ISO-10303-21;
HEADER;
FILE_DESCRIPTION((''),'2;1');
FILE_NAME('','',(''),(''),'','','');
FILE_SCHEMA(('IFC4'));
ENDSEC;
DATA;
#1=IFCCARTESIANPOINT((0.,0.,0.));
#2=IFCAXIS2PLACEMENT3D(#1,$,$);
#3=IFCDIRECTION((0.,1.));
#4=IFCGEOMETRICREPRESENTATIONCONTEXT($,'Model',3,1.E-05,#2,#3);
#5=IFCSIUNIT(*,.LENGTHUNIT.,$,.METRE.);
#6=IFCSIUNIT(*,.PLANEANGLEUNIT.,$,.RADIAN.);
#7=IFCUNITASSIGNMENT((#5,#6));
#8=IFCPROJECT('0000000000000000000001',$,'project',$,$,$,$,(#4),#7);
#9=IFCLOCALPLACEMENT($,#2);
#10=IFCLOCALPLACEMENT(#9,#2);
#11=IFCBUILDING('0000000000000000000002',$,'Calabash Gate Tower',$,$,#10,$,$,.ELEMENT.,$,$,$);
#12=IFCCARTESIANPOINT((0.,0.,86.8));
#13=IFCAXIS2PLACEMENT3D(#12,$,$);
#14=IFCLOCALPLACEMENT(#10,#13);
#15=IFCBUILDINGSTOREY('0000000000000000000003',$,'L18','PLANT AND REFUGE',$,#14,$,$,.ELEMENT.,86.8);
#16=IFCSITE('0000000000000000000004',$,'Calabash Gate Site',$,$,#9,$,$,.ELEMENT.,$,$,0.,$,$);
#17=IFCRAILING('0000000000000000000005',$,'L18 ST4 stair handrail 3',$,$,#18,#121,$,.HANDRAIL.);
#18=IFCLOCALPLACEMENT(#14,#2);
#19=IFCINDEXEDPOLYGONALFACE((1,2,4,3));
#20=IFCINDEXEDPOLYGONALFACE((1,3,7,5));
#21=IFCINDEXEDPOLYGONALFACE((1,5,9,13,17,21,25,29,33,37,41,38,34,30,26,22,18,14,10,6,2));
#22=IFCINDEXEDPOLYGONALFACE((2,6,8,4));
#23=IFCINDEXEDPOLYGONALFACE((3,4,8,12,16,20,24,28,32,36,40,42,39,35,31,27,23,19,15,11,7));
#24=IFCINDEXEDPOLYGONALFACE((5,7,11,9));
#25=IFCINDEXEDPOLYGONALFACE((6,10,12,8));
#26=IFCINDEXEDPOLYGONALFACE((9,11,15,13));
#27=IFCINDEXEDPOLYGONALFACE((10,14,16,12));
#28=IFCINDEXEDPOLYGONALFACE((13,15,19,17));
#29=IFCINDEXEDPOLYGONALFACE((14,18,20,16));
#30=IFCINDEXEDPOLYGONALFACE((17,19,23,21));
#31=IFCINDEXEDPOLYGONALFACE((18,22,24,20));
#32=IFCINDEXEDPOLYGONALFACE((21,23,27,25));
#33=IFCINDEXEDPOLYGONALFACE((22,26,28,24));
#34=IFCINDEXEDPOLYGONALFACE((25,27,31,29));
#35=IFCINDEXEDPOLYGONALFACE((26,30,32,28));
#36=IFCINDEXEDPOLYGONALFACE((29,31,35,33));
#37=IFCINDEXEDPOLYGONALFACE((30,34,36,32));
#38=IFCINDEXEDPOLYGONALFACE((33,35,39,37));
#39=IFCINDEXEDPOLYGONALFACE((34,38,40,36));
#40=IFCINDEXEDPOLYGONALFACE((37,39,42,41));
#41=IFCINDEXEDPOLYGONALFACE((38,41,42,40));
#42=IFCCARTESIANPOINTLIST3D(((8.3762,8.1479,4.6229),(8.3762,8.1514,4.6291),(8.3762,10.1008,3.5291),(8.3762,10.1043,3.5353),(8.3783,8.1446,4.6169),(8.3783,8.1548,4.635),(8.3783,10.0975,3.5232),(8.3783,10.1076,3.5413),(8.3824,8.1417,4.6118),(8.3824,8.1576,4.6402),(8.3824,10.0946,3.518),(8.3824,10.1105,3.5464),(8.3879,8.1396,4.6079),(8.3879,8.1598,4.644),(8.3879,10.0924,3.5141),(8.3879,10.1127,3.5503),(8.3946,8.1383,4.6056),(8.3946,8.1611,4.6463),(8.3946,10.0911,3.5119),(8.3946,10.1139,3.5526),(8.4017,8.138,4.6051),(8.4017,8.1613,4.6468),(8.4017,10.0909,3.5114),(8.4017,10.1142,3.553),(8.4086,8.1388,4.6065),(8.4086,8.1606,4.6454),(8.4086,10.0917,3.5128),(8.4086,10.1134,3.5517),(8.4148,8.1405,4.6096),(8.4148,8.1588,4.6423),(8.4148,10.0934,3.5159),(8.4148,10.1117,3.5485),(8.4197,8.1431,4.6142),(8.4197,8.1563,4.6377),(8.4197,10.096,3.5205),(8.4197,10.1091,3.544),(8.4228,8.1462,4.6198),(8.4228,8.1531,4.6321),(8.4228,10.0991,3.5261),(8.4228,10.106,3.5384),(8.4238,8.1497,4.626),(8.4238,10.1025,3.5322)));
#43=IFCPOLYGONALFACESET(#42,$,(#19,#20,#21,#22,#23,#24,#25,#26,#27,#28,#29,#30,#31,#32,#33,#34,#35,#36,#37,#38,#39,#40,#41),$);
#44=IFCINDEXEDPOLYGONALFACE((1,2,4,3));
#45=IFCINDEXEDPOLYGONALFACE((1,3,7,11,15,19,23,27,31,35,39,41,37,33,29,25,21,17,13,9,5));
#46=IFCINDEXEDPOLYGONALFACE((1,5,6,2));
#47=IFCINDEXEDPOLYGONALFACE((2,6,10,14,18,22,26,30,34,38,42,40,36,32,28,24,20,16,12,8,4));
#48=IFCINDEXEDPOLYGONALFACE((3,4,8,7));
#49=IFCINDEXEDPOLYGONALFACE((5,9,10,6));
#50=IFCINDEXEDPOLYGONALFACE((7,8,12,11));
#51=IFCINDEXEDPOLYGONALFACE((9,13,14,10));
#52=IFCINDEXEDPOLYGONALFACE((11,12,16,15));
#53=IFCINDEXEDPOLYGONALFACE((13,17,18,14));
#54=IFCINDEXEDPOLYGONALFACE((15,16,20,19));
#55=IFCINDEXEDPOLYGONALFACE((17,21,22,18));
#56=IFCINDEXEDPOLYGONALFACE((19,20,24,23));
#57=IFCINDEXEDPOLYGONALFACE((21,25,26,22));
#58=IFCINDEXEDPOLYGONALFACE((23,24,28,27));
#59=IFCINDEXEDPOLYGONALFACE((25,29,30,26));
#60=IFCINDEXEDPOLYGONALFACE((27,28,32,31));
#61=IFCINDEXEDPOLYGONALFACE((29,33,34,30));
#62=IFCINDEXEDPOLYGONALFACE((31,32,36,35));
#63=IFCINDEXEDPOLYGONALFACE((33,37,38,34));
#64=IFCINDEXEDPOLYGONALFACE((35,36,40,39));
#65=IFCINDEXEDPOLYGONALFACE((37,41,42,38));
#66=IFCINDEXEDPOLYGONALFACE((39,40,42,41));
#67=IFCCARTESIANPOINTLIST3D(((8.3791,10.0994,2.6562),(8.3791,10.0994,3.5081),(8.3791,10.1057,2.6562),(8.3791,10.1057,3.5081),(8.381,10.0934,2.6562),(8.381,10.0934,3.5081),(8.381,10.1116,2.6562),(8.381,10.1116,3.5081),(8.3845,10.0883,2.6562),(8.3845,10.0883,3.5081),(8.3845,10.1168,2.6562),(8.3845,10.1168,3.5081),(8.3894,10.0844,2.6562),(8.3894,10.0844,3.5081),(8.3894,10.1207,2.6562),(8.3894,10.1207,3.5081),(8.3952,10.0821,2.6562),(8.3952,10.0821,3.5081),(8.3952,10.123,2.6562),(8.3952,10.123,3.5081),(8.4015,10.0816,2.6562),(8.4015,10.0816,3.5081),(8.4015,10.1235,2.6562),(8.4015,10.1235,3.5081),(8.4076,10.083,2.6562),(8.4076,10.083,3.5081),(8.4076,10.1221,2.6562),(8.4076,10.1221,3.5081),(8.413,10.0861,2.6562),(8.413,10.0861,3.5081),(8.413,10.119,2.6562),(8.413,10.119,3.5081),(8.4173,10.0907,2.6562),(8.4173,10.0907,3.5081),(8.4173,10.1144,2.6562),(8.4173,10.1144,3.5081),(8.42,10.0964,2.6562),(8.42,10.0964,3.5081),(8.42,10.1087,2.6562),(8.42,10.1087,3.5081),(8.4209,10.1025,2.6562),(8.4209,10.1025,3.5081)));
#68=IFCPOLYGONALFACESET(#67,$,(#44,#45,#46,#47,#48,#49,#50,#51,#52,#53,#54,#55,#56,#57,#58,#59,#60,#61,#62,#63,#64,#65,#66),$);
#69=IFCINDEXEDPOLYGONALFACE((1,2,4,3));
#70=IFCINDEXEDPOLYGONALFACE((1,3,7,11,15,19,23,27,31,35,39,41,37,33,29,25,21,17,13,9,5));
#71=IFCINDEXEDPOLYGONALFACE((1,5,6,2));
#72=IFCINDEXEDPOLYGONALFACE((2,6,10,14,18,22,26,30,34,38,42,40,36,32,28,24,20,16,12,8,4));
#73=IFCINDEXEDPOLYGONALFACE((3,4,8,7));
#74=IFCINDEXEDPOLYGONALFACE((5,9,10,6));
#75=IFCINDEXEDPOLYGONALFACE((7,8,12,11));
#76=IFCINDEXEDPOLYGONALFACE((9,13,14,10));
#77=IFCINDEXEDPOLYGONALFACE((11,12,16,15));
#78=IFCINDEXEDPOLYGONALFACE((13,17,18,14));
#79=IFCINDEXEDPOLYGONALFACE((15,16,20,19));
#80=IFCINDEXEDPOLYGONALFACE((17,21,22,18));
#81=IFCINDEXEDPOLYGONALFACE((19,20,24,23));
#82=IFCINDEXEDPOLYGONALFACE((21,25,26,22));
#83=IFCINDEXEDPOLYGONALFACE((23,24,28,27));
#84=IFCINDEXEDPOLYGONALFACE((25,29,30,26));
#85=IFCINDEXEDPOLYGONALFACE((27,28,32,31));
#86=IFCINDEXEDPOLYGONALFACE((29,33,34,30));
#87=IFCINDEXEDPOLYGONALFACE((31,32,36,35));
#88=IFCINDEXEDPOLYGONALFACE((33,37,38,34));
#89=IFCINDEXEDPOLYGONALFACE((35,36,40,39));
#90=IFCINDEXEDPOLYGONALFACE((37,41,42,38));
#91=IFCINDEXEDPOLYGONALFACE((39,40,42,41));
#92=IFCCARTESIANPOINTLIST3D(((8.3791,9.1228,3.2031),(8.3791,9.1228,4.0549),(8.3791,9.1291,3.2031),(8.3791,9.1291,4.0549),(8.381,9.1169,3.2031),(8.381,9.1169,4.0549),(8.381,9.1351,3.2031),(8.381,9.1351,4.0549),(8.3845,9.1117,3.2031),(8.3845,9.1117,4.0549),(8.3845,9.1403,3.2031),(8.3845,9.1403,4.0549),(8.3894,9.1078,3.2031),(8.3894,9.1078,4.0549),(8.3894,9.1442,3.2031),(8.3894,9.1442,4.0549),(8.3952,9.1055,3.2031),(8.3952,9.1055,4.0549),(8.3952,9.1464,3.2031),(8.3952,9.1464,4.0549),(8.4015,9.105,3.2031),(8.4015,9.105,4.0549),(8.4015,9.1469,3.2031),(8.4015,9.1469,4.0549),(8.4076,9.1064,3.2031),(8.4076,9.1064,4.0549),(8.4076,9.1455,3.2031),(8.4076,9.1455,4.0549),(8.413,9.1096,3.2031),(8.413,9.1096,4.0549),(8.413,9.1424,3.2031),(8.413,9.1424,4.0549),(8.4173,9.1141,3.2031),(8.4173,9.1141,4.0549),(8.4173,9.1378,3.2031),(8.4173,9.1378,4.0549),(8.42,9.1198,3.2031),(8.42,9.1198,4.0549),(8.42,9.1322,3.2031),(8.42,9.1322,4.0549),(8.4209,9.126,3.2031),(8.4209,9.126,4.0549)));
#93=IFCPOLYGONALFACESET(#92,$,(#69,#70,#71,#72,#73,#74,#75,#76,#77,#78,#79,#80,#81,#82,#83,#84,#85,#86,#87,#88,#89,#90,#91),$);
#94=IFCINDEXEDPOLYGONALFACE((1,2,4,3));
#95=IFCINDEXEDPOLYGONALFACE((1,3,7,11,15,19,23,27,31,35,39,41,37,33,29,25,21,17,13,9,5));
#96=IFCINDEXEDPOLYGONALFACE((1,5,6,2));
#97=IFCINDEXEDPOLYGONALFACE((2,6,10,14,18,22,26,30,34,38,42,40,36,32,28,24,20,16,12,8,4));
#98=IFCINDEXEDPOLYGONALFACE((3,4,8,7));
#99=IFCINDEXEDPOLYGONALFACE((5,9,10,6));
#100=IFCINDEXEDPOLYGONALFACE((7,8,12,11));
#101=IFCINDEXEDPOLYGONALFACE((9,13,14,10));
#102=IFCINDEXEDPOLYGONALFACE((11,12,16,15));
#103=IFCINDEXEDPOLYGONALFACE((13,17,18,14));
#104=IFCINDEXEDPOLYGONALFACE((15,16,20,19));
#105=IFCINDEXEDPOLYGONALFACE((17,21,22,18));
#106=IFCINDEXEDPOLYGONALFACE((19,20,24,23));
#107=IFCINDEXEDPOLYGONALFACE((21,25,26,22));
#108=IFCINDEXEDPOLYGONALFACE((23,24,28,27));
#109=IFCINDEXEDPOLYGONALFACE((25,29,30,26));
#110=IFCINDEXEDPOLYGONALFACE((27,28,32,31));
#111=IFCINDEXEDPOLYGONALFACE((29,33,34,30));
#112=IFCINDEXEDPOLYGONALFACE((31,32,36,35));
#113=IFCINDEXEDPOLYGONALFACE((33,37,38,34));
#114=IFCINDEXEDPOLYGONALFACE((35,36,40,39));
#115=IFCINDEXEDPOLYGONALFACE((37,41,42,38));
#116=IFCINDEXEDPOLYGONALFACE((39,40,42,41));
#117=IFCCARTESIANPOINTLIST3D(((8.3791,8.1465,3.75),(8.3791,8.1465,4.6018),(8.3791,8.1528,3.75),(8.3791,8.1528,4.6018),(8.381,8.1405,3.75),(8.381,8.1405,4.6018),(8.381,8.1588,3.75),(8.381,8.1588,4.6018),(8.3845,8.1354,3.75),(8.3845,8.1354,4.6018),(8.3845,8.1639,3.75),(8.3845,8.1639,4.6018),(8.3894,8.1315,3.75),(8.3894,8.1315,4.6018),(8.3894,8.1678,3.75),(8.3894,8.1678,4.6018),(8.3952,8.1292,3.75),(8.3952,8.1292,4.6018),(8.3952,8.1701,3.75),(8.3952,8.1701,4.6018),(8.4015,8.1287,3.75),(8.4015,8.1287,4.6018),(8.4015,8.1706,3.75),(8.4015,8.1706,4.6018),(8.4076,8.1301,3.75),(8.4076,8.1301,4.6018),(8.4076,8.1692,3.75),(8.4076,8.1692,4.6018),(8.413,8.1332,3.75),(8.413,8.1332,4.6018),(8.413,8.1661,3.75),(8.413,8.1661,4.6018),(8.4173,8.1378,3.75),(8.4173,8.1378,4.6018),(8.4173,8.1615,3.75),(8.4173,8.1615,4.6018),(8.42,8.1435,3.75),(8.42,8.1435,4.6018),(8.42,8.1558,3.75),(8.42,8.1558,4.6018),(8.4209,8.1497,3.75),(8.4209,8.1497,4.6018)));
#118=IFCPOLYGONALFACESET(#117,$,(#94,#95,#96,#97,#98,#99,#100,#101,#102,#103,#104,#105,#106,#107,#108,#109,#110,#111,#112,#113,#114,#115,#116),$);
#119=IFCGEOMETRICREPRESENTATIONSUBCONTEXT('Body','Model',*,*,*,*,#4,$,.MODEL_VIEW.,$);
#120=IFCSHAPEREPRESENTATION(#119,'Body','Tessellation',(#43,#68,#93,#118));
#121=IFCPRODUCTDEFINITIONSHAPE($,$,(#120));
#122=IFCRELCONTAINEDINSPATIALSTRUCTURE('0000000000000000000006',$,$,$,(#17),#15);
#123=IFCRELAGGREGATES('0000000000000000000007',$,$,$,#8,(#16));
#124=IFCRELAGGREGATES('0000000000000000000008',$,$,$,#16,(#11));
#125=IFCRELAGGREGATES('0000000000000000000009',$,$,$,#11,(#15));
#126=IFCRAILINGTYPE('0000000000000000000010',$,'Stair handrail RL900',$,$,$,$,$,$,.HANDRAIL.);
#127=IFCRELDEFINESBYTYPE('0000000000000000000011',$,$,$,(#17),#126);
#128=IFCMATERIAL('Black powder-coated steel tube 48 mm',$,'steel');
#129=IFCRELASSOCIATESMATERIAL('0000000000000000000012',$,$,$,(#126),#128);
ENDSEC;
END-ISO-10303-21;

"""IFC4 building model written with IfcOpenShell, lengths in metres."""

from ifc_helpers import new_model, si_unit, direction, frame, origin, origin_2d, place, context, subcontext, project, spatial, circle, extrude, material, type_object, element, save


model = new_model("IFC4")

# Units and contexts
model_context = context("Model", 3, precision=1e-05, world=origin(), true_north=direction((0.0, 1.0)))
body_context = subcontext(model_context, "Body", "Model", "MODEL_VIEW")
ifc_project = project(units=[si_unit("LENGTHUNIT", "METRE"), si_unit("PLANEANGLEUNIT", "RADIAN")], contexts=[model_context])

# Site, building, storey
site_placement = place(None, origin())
site = spatial("IfcSite", under=ifc_project, at=site_placement, Name="Calabash Gate Site", CompositionType="ELEMENT", RefElevation=0.0)
building_placement = place(site_placement, origin())
building = spatial("IfcBuilding", under=site, at=building_placement, Name="Calabash Gate Tower", CompositionType="ELEMENT")
storey_placement = place(building_placement, frame((0.0, 0.0, 86.8)))
storey = spatial("IfcBuildingStorey", under=building, at=storey_placement, Name="L18", Description="PLANT AND REFUGE", CompositionType="ELEMENT", Elevation=86.8)

# Railing
ifc_material_1 = material(Name="Black powder-coated steel tube 48 mm", Category="steel")
railing_type_1 = type_object("IfcRailingType", Name="Stair handrail RL900", PredefinedType="HANDRAIL", material=ifc_material_1)
railing_1_placement = place(storey_placement, frame((8.3999, 10.1025, 2.6562)))
element("IfcRailing", 1, at=railing_1_placement, inside=storey, type_object=railing_type_1, Name="L18 ST4 stair handrail 3", PredefinedType="HANDRAIL", context=body_context, shape_type="SweptSolid", body=[
    extrude(circle(Radius=0.0239, at=origin_2d()), frame((0.0, 0.0, 0.876), z_axis=(0.0, -0.87248, 0.48865), x_axis=(1.0, 0.0, 0.0)), (0.0, 0.0, 1.0), 2.2383),
    extrude(circle(Radius=0.021, at=origin_2d()), origin(), (0.0, 0.0, 1.0), 0.8518),
    extrude(circle(Radius=0.021, at=origin_2d()), frame((0.0, -0.9766, 0.5469)), (0.0, 0.0, 1.0), 0.8518),
    extrude(circle(Radius=0.021, at=origin_2d()), frame((0.0, -1.9529, 1.0938)), (0.0, 0.0, 1.0), 0.8518),
])

save(model, "model.ifc")
